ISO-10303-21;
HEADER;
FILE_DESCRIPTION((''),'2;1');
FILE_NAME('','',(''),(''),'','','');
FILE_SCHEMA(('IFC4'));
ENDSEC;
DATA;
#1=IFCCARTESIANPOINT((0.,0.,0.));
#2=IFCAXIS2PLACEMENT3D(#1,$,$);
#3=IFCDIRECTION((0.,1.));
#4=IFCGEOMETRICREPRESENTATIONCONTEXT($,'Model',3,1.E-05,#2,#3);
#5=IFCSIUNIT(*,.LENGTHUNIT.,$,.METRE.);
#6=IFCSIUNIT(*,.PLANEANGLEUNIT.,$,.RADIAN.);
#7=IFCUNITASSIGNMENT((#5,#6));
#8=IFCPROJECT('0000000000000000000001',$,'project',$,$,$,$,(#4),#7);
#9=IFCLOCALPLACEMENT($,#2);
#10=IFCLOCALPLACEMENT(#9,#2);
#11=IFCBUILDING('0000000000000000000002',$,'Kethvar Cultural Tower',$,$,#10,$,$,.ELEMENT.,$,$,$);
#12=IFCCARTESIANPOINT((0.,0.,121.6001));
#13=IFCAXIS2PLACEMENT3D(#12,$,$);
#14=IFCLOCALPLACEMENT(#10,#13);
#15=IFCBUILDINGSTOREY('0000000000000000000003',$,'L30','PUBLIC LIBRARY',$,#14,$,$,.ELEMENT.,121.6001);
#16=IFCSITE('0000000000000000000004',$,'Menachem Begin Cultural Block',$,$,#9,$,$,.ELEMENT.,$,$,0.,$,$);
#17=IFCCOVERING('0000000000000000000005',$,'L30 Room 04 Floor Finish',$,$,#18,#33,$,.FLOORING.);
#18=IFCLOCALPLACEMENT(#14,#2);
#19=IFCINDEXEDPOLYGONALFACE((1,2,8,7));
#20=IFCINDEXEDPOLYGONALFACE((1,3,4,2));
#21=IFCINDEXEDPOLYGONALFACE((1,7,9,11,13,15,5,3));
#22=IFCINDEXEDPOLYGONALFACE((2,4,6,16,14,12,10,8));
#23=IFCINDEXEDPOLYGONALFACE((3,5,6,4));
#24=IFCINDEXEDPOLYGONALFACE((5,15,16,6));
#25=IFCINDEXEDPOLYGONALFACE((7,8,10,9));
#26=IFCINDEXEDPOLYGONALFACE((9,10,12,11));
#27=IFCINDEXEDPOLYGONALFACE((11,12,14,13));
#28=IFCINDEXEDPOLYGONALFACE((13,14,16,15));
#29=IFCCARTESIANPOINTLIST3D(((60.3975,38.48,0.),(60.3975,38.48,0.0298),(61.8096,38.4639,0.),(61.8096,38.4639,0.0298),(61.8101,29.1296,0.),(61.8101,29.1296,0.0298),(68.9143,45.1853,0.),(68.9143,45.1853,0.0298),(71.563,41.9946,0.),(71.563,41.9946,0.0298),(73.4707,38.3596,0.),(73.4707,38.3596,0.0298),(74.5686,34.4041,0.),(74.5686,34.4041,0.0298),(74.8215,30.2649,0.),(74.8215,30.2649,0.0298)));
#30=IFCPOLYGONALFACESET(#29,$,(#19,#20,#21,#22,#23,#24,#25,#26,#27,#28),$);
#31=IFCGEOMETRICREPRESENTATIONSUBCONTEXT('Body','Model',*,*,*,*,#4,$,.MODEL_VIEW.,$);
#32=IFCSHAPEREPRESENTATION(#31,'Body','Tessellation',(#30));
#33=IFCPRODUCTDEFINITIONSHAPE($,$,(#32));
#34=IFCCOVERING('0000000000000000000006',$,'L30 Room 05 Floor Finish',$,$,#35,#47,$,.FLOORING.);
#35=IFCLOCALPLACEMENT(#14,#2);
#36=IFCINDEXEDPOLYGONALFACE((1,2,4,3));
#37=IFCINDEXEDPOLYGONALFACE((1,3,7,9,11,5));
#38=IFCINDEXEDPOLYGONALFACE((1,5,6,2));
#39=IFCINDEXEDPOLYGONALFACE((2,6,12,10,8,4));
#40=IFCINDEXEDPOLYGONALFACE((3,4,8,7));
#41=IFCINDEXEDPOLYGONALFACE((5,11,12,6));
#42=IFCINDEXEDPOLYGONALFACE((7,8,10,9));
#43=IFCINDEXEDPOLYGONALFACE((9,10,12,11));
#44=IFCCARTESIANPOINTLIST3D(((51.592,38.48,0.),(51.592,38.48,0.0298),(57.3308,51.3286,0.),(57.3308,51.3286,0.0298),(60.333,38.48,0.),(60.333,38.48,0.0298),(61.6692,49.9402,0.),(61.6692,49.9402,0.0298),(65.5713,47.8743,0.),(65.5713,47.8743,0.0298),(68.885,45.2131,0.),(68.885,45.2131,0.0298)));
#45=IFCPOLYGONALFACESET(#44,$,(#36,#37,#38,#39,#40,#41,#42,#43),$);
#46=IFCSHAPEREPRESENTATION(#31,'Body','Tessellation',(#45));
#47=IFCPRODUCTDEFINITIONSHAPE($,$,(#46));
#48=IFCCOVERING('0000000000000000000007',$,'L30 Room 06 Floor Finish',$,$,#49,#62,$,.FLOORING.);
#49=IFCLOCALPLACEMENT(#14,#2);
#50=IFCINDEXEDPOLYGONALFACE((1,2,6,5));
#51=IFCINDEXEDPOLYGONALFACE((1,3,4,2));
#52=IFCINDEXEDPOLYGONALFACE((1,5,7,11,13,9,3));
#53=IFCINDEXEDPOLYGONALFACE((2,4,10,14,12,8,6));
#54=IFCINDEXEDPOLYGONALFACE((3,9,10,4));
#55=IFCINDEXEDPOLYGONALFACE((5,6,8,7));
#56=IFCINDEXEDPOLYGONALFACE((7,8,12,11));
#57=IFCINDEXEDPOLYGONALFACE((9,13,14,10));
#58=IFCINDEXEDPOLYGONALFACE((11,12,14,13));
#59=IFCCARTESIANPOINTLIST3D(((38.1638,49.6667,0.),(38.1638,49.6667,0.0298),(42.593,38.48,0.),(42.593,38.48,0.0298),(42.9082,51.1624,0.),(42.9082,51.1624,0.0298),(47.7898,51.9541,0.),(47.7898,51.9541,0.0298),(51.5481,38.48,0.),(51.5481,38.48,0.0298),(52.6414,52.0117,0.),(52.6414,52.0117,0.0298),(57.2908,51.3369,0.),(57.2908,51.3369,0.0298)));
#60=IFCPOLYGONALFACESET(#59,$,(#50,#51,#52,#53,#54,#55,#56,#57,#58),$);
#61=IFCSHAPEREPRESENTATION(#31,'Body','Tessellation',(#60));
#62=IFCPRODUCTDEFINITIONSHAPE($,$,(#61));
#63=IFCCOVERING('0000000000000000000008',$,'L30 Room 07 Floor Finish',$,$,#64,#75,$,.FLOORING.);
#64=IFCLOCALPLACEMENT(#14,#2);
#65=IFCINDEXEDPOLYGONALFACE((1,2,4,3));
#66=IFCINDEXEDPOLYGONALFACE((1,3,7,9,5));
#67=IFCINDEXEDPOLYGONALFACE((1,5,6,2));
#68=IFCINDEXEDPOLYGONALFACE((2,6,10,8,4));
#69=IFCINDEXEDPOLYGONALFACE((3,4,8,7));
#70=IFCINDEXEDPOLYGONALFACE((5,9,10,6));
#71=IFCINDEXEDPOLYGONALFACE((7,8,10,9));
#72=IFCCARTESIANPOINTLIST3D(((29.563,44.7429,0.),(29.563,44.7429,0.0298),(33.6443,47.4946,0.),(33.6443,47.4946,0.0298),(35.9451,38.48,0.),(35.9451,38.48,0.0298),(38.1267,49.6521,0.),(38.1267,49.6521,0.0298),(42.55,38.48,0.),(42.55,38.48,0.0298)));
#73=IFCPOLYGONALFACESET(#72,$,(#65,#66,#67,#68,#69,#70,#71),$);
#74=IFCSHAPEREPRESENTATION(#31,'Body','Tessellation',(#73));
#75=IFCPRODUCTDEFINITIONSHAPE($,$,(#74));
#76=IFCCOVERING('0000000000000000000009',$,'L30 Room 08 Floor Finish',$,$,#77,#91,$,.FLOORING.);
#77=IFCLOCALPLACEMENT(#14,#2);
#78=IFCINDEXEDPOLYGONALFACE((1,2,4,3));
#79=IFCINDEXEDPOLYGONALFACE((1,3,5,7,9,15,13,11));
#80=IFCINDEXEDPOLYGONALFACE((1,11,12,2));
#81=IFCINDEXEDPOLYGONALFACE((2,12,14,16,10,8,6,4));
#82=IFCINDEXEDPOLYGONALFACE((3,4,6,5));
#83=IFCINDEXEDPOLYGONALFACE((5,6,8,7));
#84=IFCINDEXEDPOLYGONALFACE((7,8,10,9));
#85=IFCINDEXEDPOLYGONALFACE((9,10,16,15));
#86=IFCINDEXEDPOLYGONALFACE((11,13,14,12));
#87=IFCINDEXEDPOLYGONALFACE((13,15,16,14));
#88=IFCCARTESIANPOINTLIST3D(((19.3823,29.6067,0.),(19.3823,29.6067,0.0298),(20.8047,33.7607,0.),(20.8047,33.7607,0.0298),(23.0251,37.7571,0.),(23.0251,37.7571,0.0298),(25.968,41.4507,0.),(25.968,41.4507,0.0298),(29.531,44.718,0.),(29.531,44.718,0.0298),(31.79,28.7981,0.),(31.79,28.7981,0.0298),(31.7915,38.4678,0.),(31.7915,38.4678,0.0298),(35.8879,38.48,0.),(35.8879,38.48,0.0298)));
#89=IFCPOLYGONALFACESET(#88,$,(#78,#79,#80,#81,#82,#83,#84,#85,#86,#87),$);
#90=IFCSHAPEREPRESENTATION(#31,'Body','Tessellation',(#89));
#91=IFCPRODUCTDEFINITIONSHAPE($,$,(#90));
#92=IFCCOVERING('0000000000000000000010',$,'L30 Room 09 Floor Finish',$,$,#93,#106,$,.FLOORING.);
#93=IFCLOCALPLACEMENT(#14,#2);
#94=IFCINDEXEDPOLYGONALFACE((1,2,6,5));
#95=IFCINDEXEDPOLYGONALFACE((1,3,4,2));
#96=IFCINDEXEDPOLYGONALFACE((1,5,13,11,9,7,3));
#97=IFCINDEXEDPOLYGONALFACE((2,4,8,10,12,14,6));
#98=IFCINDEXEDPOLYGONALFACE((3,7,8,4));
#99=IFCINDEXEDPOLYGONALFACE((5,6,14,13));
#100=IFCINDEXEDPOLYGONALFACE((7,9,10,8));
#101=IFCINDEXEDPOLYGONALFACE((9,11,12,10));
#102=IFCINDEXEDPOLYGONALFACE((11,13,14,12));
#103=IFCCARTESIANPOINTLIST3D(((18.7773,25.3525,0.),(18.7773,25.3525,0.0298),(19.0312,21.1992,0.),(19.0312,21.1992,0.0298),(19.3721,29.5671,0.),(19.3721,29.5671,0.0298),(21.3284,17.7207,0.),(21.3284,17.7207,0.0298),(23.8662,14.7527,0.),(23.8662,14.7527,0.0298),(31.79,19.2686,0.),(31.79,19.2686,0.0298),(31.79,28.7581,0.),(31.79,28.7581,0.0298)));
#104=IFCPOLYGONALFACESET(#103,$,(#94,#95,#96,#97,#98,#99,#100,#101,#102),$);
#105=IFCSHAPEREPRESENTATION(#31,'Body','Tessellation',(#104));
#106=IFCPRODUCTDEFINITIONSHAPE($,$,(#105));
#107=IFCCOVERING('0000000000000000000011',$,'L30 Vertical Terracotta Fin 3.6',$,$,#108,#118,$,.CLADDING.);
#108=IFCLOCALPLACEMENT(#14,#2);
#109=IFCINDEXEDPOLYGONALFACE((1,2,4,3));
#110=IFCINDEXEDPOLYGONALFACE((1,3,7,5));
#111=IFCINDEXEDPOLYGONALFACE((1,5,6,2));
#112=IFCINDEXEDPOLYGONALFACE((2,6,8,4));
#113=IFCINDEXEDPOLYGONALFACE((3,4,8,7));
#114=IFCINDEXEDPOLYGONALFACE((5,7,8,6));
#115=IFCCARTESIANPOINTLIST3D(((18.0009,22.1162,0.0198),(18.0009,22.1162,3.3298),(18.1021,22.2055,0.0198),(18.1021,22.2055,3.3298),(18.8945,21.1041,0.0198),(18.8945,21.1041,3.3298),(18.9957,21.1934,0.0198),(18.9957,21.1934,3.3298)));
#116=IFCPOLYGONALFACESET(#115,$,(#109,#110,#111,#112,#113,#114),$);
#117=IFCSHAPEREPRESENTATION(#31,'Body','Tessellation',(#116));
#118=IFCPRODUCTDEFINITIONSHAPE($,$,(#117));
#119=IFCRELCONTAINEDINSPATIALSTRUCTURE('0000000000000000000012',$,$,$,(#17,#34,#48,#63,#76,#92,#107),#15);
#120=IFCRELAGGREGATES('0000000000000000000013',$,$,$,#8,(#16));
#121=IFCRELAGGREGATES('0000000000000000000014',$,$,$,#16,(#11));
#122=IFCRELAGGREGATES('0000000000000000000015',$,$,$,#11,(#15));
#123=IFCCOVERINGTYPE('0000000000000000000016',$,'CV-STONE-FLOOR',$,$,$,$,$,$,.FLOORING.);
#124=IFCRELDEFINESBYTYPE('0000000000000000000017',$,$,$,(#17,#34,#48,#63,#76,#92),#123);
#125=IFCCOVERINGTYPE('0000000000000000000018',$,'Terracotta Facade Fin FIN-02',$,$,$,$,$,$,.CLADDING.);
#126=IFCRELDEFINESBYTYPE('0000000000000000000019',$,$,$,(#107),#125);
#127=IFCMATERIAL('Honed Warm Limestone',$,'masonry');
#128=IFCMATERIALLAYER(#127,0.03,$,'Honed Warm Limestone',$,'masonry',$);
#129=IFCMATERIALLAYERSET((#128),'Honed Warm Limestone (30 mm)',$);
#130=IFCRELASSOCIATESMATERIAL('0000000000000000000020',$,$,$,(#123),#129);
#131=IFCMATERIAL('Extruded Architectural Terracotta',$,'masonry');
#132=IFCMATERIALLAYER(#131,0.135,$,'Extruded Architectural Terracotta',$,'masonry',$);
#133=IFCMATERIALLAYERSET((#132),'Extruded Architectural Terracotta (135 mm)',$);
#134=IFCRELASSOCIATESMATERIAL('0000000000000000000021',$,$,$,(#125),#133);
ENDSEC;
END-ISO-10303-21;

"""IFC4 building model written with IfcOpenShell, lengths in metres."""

from ifc_helpers import new_model, si_unit, direction, frame, origin, origin_2d, place, context, subcontext, project, spatial, polyline, rectangle, outline, extrude, source, transform, mapped, material, layer, layer_set, type_object, element, save


model = new_model("IFC4")

# Units and contexts
model_context = context("Model", 3, precision=1e-05, world=origin(), true_north=direction((0.0, 1.0)))
body_context = subcontext(model_context, "Body", "Model", "MODEL_VIEW")
ifc_project = project(units=[si_unit("LENGTHUNIT", "METRE"), si_unit("PLANEANGLEUNIT", "RADIAN")], contexts=[model_context])

# Site, building, storey
site_placement = place(None, origin())
site = spatial("IfcSite", under=ifc_project, at=site_placement, Name="Menachem Begin Cultural Block", CompositionType="ELEMENT", RefElevation=0.0)
building_placement = place(site_placement, origin())
building = spatial("IfcBuilding", under=site, at=building_placement, Name="Kethvar Cultural Tower", CompositionType="ELEMENT")
storey_placement = place(building_placement, frame((0.0, 0.0, 121.6001)))
storey = spatial("IfcBuildingStorey", under=building, at=storey_placement, Name="L30", Description="PUBLIC LIBRARY", CompositionType="ELEMENT", Elevation=121.6001)

# Coverings
ifc_material_1 = material(Name="Honed Warm Limestone", Category="masonry")
ifc_layer_1 = layer(ifc_material_1, 0.03, Name="Honed Warm Limestone", Category="masonry")
ifc_layer_set_1 = layer_set([ifc_layer_1], Name="Honed Warm Limestone (30 mm)")
covering_type_1 = type_object("IfcCoveringType", Name="CV-STONE-FLOOR", PredefinedType="FLOORING", material=ifc_layer_set_1)
covering_1_placement = place(storey_placement, origin())
element("IfcCovering", 1, at=covering_1_placement, inside=storey, type_object=covering_type_1, Name="L30 Room 04 Floor Finish", PredefinedType="FLOORING", context=body_context, shape_type="SweptSolid", body=[
    extrude(outline(polyline([(74.8215, 30.2649), (61.8101, 29.1296), (61.8096, 38.4639), (60.3975, 38.48), (68.9143, 45.1853), (71.563, 41.9946), (73.4707, 38.3596), (74.5686, 34.4041), (74.8215, 30.2649)])), origin(), (0.0, 0.0, 1.0), 0.0298),
])
covering_2_placement = place(storey_placement, origin())
element("IfcCovering", 2, at=covering_2_placement, inside=storey, type_object=covering_type_1, Name="L30 Room 05 Floor Finish", PredefinedType="FLOORING", context=body_context, shape_type="SweptSolid", body=[
    extrude(outline(polyline([(61.6692, 49.9402), (65.5713, 47.8743), (68.885, 45.2131), (60.333, 38.48), (51.592, 38.48), (57.3308, 51.3286), (61.6692, 49.9402)])), origin(), (0.0, 0.0, 1.0), 0.0298),
])
covering_3_placement = place(storey_placement, origin())
element("IfcCovering", 3, at=covering_3_placement, inside=storey, type_object=covering_type_1, Name="L30 Room 06 Floor Finish", PredefinedType="FLOORING", context=body_context, shape_type="SweptSolid", body=[
    extrude(outline(polyline([(42.9082, 51.1624), (47.7898, 51.9541), (52.6414, 52.0117), (57.2908, 51.3369), (51.5481, 38.48), (42.593, 38.48), (38.1638, 49.6667), (42.9082, 51.1624)])), origin(), (0.0, 0.0, 1.0), 0.0298),
])
covering_4_placement = place(storey_placement, origin())
element("IfcCovering", 4, at=covering_4_placement, inside=storey, type_object=covering_type_1, Name="L30 Room 07 Floor Finish", PredefinedType="FLOORING", context=body_context, shape_type="SweptSolid", body=[
    extrude(outline(polyline([(33.6443, 47.4946), (38.1267, 49.6521), (42.55, 38.48), (35.9451, 38.48), (29.563, 44.7429), (33.6443, 47.4946)])), origin(), (0.0, 0.0, 1.0), 0.0298),
])
covering_5_placement = place(storey_placement, origin())
element("IfcCovering", 5, at=covering_5_placement, inside=storey, type_object=covering_type_1, Name="L30 Room 08 Floor Finish", PredefinedType="FLOORING", context=body_context, shape_type="SweptSolid", body=[
    extrude(outline(polyline([(19.3823, 29.6067), (20.8047, 33.7607), (23.0251, 37.7571), (25.968, 41.4507), (29.531, 44.718), (35.8879, 38.48), (31.7915, 38.4678), (31.79, 28.7981), (19.3823, 29.6067)])), origin(), (0.0, 0.0, 1.0), 0.0298),
])
covering_6_placement = place(storey_placement, origin())
element("IfcCovering", 6, at=covering_6_placement, inside=storey, type_object=covering_type_1, Name="L30 Room 09 Floor Finish", PredefinedType="FLOORING", context=body_context, shape_type="SweptSolid", body=[
    extrude(outline(polyline([(21.3284, 17.7207), (19.0312, 21.1992), (18.7773, 25.3525), (19.3721, 29.5671), (31.79, 28.7581), (31.79, 19.2686), (23.8662, 14.7527), (21.3284, 17.7207)])), origin(), (0.0, 0.0, 1.0), 0.0298),
])
ifc_material_2 = material(Name="Extruded Architectural Terracotta", Category="masonry")
ifc_layer_2 = layer(ifc_material_2, 0.135, Name="Extruded Architectural Terracotta", Category="masonry")
ifc_layer_set_2 = layer_set([ifc_layer_2], Name="Extruded Architectural Terracotta (135 mm)")
covering_type_2 = type_object("IfcCoveringType", Name="Terracotta Facade Fin FIN-02", PredefinedType="CLADDING", material=ifc_layer_set_2)
shared_shape_1 = source(origin(), body_context, "Body", "SweptSolid", [
    extrude(rectangle(XDim=1.3501, YDim=0.135, at=origin_2d()), origin(), (0.0, 0.0, 1.0), 3.3101),
])
covering_7_placement = place(storey_placement, frame((18.4983, 21.6548, 0.0198), z_axis=(0.0, 0.0, 1.0), x_axis=(-0.661835, 0.749649, 0.0)))
element("IfcCovering", 7, at=covering_7_placement, inside=storey, type_object=covering_type_2, Name="L30 Vertical Terracotta Fin 3.6", PredefinedType="CLADDING", context=body_context, shape_type="MappedRepresentation", body=[
    mapped(shared_shape_1, transform((0.0, 0.0, 0.0), scale=1.0)),
])

save(model, "model.ifc")
